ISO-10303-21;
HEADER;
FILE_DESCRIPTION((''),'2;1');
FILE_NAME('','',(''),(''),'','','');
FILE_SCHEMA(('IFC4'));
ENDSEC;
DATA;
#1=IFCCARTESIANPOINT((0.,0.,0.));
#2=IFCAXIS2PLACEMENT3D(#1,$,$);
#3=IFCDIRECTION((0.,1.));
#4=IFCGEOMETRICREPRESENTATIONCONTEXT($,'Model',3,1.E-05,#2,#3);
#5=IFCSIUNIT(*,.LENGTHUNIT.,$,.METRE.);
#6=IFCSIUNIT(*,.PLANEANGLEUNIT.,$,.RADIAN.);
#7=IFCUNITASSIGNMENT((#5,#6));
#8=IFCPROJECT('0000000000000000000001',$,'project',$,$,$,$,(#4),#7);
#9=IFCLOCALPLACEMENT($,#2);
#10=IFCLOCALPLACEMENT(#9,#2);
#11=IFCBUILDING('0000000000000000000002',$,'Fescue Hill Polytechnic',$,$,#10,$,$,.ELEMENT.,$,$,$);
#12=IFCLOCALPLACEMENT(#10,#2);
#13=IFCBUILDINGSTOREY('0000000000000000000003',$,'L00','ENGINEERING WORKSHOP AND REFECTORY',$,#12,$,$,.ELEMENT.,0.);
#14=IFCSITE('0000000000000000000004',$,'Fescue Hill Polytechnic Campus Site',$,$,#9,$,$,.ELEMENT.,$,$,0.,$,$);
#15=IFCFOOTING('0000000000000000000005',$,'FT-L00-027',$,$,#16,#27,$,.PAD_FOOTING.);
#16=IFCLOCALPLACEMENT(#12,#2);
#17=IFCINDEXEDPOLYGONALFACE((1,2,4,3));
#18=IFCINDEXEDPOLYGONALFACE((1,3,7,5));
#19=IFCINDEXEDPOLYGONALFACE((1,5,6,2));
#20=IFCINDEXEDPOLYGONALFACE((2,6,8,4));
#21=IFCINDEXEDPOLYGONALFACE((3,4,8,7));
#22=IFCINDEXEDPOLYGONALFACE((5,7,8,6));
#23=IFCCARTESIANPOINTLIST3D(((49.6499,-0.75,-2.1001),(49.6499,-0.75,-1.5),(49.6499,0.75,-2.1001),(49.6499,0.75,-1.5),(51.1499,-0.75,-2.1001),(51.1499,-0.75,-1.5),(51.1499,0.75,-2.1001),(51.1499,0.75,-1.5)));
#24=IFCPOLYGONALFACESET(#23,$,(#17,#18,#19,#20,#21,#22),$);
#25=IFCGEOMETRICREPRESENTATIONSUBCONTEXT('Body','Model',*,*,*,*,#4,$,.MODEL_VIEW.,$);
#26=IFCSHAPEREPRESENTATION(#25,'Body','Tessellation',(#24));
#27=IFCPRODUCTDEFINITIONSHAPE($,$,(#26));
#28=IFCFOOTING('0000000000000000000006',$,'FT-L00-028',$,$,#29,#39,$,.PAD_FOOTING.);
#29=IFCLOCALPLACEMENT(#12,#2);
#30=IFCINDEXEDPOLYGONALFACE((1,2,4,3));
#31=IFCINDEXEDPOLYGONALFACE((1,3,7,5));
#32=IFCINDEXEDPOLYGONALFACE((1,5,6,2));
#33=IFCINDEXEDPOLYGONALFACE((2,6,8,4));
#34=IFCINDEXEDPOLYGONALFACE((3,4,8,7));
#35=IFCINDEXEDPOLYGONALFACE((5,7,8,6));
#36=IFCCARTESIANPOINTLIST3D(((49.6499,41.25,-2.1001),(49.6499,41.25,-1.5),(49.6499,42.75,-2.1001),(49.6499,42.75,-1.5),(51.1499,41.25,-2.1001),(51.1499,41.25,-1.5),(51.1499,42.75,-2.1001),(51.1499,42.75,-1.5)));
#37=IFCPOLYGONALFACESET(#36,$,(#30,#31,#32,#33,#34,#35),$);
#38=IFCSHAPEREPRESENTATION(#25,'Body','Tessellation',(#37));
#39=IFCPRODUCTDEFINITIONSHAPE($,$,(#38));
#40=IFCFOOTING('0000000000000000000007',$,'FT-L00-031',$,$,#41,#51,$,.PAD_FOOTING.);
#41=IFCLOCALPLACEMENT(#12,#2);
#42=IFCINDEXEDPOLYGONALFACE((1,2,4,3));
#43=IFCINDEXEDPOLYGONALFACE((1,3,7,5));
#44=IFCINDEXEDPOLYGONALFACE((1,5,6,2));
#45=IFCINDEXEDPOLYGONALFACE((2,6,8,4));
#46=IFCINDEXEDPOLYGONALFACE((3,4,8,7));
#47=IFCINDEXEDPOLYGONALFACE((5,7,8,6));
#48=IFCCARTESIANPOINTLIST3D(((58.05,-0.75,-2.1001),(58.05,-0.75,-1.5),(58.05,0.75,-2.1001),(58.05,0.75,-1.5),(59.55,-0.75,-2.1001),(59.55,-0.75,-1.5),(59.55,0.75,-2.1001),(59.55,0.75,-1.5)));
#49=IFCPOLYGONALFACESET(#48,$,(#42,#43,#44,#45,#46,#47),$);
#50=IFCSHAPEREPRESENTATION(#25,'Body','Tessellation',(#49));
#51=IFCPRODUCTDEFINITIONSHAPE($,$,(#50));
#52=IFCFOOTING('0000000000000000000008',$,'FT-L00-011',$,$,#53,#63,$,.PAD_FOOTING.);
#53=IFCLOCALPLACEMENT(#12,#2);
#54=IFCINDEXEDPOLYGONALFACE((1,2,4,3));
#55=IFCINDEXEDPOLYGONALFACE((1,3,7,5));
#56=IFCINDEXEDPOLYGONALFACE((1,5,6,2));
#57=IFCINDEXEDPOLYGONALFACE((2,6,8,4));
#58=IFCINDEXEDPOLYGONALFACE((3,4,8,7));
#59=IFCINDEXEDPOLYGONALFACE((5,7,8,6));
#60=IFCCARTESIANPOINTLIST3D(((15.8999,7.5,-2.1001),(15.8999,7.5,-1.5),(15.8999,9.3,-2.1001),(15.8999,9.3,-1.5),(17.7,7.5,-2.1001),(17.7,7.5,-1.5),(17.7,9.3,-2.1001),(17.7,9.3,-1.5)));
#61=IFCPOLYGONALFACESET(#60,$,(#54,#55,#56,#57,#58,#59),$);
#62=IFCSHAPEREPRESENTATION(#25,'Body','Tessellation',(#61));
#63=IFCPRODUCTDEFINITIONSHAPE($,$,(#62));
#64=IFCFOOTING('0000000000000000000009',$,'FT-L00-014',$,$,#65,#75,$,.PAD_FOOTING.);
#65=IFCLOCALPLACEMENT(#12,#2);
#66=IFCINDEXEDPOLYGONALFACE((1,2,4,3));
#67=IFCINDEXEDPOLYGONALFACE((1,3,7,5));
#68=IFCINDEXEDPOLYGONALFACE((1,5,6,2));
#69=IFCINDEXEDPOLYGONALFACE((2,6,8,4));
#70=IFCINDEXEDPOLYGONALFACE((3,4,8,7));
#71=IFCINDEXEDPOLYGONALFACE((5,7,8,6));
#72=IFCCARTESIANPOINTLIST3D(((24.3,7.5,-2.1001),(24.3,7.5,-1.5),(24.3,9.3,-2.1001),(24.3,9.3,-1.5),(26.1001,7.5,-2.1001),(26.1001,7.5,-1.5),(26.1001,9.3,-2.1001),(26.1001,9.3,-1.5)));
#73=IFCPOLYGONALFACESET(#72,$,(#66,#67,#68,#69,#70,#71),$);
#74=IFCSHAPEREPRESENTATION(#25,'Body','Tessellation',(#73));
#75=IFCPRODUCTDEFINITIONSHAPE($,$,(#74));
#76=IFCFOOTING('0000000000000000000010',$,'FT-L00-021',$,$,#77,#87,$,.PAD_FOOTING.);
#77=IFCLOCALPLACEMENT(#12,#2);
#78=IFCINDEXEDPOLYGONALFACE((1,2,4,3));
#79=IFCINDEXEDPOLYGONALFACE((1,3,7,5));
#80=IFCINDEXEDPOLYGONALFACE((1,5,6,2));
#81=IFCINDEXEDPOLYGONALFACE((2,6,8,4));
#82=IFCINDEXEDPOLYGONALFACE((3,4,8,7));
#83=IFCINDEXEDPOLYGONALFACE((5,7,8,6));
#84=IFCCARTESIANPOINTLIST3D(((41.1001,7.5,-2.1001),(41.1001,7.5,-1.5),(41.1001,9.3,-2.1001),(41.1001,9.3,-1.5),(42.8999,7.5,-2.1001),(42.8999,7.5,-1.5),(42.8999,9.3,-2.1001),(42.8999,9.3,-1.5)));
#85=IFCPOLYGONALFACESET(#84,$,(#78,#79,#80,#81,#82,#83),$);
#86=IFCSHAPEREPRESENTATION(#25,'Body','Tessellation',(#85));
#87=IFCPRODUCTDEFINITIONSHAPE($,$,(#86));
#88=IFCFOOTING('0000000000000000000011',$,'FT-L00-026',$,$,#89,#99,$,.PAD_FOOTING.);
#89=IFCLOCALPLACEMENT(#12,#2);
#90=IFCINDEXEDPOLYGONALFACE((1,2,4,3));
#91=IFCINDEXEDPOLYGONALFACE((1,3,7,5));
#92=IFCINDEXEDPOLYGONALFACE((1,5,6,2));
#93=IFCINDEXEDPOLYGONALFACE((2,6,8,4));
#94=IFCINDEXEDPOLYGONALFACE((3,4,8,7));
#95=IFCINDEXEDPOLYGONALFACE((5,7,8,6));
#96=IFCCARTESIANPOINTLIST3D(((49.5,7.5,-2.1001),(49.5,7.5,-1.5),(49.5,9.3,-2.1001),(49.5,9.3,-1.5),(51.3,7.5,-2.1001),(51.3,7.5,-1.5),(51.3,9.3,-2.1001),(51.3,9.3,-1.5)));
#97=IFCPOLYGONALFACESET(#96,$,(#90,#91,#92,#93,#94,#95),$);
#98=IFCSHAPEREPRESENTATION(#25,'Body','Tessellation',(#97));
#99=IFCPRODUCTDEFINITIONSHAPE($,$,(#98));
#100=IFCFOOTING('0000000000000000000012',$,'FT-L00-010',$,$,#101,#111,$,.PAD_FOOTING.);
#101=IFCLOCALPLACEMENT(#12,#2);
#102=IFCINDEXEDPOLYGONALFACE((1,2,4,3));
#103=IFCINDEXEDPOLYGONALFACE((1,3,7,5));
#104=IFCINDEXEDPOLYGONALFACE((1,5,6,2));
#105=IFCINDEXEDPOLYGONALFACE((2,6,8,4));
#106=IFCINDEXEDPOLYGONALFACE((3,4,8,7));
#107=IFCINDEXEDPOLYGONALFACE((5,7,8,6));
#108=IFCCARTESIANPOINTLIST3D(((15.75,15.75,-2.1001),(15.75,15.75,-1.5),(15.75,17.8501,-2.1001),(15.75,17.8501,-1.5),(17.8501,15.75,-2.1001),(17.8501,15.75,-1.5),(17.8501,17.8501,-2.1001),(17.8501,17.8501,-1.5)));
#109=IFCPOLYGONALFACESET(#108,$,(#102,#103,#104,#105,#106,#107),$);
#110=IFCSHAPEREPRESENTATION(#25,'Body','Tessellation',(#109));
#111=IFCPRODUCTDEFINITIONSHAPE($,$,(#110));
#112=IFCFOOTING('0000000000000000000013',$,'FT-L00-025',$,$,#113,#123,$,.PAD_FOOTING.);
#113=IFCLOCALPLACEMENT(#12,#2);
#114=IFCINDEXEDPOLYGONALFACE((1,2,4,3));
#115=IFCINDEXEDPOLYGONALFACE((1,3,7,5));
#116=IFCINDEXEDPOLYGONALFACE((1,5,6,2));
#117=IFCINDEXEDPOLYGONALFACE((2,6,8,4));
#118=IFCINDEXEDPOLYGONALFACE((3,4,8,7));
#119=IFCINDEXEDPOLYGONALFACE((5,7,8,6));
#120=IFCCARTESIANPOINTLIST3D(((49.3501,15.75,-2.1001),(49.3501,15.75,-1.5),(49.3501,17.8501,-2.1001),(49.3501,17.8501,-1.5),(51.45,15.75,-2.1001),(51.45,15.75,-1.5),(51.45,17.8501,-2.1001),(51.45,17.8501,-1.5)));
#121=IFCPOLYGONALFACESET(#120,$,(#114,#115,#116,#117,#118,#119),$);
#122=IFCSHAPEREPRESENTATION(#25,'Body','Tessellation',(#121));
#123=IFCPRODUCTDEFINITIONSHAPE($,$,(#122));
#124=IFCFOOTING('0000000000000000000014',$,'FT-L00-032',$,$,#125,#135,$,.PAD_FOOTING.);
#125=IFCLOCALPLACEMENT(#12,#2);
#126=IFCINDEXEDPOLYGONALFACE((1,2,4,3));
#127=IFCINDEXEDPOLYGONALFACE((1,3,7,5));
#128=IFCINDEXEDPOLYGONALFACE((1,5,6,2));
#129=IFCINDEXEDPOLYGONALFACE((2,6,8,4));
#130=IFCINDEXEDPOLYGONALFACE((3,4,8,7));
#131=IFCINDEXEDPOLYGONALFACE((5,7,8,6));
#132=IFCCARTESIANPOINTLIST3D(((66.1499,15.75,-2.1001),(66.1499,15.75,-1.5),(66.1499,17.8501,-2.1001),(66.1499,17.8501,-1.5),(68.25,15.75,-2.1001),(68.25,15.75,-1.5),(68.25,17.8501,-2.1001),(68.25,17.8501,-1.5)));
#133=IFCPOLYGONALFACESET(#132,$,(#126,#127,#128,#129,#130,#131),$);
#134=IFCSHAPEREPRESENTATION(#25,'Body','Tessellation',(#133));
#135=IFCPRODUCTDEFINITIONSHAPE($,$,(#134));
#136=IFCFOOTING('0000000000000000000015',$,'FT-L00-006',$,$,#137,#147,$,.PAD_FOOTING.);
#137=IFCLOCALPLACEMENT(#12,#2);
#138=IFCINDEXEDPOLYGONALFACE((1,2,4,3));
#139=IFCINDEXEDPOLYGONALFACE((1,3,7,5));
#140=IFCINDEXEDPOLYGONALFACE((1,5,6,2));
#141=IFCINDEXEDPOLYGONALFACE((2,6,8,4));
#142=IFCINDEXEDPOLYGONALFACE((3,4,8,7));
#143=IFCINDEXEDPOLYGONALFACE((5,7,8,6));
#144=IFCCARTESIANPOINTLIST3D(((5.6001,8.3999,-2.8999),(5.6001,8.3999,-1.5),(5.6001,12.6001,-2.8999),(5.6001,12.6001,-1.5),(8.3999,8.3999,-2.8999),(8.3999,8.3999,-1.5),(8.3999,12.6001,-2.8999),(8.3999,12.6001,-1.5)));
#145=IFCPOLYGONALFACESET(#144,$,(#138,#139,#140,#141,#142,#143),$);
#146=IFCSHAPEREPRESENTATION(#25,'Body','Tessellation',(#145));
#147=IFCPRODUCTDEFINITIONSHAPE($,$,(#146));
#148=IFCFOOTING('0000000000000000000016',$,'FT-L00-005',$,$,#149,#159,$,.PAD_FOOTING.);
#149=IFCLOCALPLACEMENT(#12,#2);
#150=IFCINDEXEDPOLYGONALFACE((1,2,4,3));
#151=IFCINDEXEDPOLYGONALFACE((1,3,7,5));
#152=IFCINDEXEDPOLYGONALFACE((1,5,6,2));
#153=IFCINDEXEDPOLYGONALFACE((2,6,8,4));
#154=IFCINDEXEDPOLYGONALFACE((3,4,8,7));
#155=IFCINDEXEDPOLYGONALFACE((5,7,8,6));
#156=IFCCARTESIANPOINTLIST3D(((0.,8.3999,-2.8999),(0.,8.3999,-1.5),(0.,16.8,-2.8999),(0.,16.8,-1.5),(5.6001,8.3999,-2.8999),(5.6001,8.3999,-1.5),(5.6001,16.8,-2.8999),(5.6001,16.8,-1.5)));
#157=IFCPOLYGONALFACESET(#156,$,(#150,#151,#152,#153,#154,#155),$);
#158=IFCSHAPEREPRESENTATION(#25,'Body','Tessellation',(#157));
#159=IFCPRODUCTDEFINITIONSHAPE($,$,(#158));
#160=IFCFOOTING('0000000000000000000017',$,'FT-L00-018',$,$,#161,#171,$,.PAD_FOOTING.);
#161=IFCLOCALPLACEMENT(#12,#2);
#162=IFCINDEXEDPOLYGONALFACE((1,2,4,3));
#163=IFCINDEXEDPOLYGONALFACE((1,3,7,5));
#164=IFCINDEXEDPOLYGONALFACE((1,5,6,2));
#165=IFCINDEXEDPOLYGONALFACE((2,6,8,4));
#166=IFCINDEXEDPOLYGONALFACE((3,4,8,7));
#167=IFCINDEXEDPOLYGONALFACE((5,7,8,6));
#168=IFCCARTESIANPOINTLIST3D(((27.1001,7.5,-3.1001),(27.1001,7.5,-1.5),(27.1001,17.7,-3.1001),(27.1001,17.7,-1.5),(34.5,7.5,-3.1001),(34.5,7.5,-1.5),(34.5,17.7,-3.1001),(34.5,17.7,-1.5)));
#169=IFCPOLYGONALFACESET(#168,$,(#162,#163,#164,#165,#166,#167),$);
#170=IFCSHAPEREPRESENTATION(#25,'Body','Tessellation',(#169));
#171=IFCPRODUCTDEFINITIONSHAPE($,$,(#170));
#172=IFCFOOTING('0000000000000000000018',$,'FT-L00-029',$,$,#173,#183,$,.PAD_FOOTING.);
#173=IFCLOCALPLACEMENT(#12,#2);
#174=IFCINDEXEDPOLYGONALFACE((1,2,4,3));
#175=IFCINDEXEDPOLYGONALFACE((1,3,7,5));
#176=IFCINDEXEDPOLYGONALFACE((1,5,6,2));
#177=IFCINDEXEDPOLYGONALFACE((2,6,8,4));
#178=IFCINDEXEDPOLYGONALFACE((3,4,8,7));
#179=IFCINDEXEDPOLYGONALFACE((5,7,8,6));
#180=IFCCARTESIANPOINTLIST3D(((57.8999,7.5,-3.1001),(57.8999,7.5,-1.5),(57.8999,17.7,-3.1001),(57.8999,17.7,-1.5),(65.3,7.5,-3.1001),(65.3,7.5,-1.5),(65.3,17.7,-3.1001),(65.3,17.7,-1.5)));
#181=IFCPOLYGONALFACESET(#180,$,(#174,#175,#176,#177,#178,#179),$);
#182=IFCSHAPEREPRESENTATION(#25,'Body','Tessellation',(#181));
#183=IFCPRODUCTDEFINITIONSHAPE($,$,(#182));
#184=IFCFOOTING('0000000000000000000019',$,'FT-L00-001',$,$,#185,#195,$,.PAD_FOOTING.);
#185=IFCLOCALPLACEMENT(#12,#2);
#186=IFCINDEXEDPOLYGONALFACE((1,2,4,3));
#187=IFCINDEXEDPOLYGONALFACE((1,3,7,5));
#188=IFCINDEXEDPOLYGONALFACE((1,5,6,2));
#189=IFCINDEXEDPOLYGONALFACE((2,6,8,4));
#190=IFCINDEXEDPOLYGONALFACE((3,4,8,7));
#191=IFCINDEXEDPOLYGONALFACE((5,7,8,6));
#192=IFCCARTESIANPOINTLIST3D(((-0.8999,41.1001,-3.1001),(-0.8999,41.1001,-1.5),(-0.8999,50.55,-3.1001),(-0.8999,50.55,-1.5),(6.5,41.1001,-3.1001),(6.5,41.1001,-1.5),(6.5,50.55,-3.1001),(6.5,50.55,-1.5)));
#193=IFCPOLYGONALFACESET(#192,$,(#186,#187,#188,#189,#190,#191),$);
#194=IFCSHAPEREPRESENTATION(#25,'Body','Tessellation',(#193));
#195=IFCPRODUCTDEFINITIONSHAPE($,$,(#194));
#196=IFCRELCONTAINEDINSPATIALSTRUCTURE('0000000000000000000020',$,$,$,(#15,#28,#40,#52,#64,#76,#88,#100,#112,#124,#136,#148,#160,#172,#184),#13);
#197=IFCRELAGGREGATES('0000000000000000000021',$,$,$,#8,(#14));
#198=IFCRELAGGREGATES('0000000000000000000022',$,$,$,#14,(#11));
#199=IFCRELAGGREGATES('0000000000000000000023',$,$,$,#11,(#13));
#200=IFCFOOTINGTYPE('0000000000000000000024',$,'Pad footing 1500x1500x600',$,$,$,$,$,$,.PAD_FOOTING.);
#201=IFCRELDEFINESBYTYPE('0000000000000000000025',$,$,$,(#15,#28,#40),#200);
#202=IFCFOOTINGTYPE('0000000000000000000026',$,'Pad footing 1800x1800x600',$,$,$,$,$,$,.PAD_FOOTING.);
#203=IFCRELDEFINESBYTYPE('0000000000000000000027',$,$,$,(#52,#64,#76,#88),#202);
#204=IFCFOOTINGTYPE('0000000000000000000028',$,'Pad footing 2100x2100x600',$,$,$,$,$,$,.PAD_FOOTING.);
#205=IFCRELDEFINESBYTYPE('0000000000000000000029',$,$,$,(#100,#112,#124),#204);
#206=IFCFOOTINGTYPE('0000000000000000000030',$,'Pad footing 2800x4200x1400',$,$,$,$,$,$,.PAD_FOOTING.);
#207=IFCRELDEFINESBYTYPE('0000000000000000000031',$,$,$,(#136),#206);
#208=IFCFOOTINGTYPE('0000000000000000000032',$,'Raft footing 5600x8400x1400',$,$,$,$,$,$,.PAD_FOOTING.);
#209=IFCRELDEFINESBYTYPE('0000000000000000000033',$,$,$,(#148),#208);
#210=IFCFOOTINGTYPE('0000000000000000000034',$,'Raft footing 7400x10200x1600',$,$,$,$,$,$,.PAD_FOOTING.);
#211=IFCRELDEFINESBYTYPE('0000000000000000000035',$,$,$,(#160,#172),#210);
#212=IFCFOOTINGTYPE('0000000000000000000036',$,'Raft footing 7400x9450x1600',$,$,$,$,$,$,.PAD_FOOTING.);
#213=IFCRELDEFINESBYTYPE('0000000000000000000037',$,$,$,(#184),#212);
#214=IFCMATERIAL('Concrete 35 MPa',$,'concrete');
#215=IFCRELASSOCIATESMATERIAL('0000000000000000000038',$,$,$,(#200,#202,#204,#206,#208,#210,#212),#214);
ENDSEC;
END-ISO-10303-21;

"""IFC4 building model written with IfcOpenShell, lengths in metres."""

from ifc_helpers import new_model, si_unit, direction, frame, origin, place, context, subcontext, project, spatial, polyline, outline, extrude, material, type_object, element, save


model = new_model("IFC4")

# Units and contexts
model_context = context("Model", 3, precision=1e-05, world=origin(), true_north=direction((0.0, 1.0)))
body_context = subcontext(model_context, "Body", "Model", "MODEL_VIEW")
ifc_project = project(units=[si_unit("LENGTHUNIT", "METRE"), si_unit("PLANEANGLEUNIT", "RADIAN")], contexts=[model_context])

# Site, building, storey
site_placement = place(None, origin())
site = spatial("IfcSite", under=ifc_project, at=site_placement, Name="Fescue Hill Polytechnic Campus Site", CompositionType="ELEMENT", RefElevation=0.0)
building_placement = place(site_placement, origin())
building = spatial("IfcBuilding", under=site, at=building_placement, Name="Fescue Hill Polytechnic", CompositionType="ELEMENT")
storey_placement = place(building_placement, origin())
storey = spatial("IfcBuildingStorey", under=building, at=storey_placement, Name="L00", Description="ENGINEERING WORKSHOP AND REFECTORY", CompositionType="ELEMENT", Elevation=0.0)

# Footings
ifc_material = material(Name="Concrete 35 MPa", Category="concrete")
footing_type_1 = type_object("IfcFootingType", Name="Pad footing 1500x1500x600", PredefinedType="PAD_FOOTING", material=ifc_material)
footing_1_placement = place(storey_placement, frame((0.0, 0.0, -2.1001)))
element("IfcFooting", 1, at=footing_1_placement, inside=storey, type_object=footing_type_1, Name="FT-L00-027", PredefinedType="PAD_FOOTING", context=body_context, shape_type="SweptSolid", body=[
    extrude(outline(polyline([(51.1499, -0.75), (51.1499, 0.75), (49.6499, 0.75), (49.6499, -0.75), (51.1499, -0.75)])), origin(), (0.0, 0.0, 1.0), 0.6001),
])
footing_2_placement = place(storey_placement, frame((0.0, 0.0, -2.1001)))
element("IfcFooting", 2, at=footing_2_placement, inside=storey, type_object=footing_type_1, Name="FT-L00-028", PredefinedType="PAD_FOOTING", context=body_context, shape_type="SweptSolid", body=[
    extrude(outline(polyline([(51.1499, 41.25), (51.1499, 42.75), (49.6499, 42.75), (49.6499, 41.25), (51.1499, 41.25)])), origin(), (0.0, 0.0, 1.0), 0.6001),
])
footing_3_placement = place(storey_placement, frame((0.0, 0.0, -2.1001)))
element("IfcFooting", 3, at=footing_3_placement, inside=storey, type_object=footing_type_1, Name="FT-L00-031", PredefinedType="PAD_FOOTING", context=body_context, shape_type="SweptSolid", body=[
    extrude(outline(polyline([(59.55, -0.75), (59.55, 0.75), (58.05, 0.75), (58.05, -0.75), (59.55, -0.75)])), origin(), (0.0, 0.0, 1.0), 0.6001),
])
footing_type_2 = type_object("IfcFootingType", Name="Pad footing 1800x1800x600", PredefinedType="PAD_FOOTING", material=ifc_material)
footing_4_placement = place(storey_placement, frame((0.0, 0.0, -2.1001)))
element("IfcFooting", 4, at=footing_4_placement, inside=storey, type_object=footing_type_2, Name="FT-L00-011", PredefinedType="PAD_FOOTING", context=body_context, shape_type="SweptSolid", body=[
    extrude(outline(polyline([(17.7, 7.5), (17.7, 9.3), (15.8999, 9.3), (15.8999, 7.5), (17.7, 7.5)])), origin(), (0.0, 0.0, 1.0), 0.6001),
])
footing_5_placement = place(storey_placement, frame((0.0, 0.0, -2.1001)))
element("IfcFooting", 5, at=footing_5_placement, inside=storey, type_object=footing_type_2, Name="FT-L00-014", PredefinedType="PAD_FOOTING", context=body_context, shape_type="SweptSolid", body=[
    extrude(outline(polyline([(26.1001, 7.5), (26.1001, 9.3), (24.3, 9.3), (24.3, 7.5), (26.1001, 7.5)])), origin(), (0.0, 0.0, 1.0), 0.6001),
])
footing_6_placement = place(storey_placement, frame((0.0, 0.0, -2.1001)))
element("IfcFooting", 6, at=footing_6_placement, inside=storey, type_object=footing_type_2, Name="FT-L00-021", PredefinedType="PAD_FOOTING", context=body_context, shape_type="SweptSolid", body=[
    extrude(outline(polyline([(42.8999, 7.5), (42.8999, 9.3), (41.1001, 9.3), (41.1001, 7.5), (42.8999, 7.5)])), origin(), (0.0, 0.0, 1.0), 0.6001),
])
footing_7_placement = place(storey_placement, frame((0.0, 0.0, -2.1001)))
element("IfcFooting", 7, at=footing_7_placement, inside=storey, type_object=footing_type_2, Name="FT-L00-026", PredefinedType="PAD_FOOTING", context=body_context, shape_type="SweptSolid", body=[
    extrude(outline(polyline([(51.3, 7.5), (51.3, 9.3), (49.5, 9.3), (49.5, 7.5), (51.3, 7.5)])), origin(), (0.0, 0.0, 1.0), 0.6001),
])
footing_type_3 = type_object("IfcFootingType", Name="Pad footing 2100x2100x600", PredefinedType="PAD_FOOTING", material=ifc_material)
footing_8_placement = place(storey_placement, frame((0.0, 0.0, -2.1001)))
element("IfcFooting", 8, at=footing_8_placement, inside=storey, type_object=footing_type_3, Name="FT-L00-010", PredefinedType="PAD_FOOTING", context=body_context, shape_type="SweptSolid", body=[
    extrude(outline(polyline([(17.8501, 15.75), (17.8501, 17.8501), (15.75, 17.8501), (15.75, 15.75), (17.8501, 15.75)])), origin(), (0.0, 0.0, 1.0), 0.6001),
])
footing_9_placement = place(storey_placement, frame((0.0, 0.0, -2.1001)))
element("IfcFooting", 9, at=footing_9_placement, inside=storey, type_object=footing_type_3, Name="FT-L00-025", PredefinedType="PAD_FOOTING", context=body_context, shape_type="SweptSolid", body=[
    extrude(outline(polyline([(51.45, 15.75), (51.45, 17.8501), (49.3501, 17.8501), (49.3501, 15.75), (51.45, 15.75)])), origin(), (0.0, 0.0, 1.0), 0.6001),
])
footing_10_placement = place(storey_placement, frame((0.0, 0.0, -2.1001)))
element("IfcFooting", 10, at=footing_10_placement, inside=storey, type_object=footing_type_3, Name="FT-L00-032", PredefinedType="PAD_FOOTING", context=body_context, shape_type="SweptSolid", body=[
    extrude(outline(polyline([(68.25, 15.75), (68.25, 17.8501), (66.1499, 17.8501), (66.1499, 15.75), (68.25, 15.75)])), origin(), (0.0, 0.0, 1.0), 0.6001),
])
footing_type_4 = type_object("IfcFootingType", Name="Pad footing 2800x4200x1400", PredefinedType="PAD_FOOTING", material=ifc_material)
footing_11_placement = place(storey_placement, frame((0.0, 0.0, -2.8999)))
element("IfcFooting", 11, at=footing_11_placement, inside=storey, type_object=footing_type_4, Name="FT-L00-006", PredefinedType="PAD_FOOTING", context=body_context, shape_type="SweptSolid", body=[
    extrude(outline(polyline([(8.3999, 8.3999), (8.3999, 12.6001), (5.6001, 12.6001), (5.6001, 8.3999), (8.3999, 8.3999)])), origin(), (0.0, 0.0, 1.0), 1.3999),
])
footing_type_5 = type_object("IfcFootingType", Name="Raft footing 5600x8400x1400", PredefinedType="PAD_FOOTING", material=ifc_material)
footing_12_placement = place(storey_placement, frame((0.0, 0.0, -2.8999)))
element("IfcFooting", 12, at=footing_12_placement, inside=storey, type_object=footing_type_5, Name="FT-L00-005", PredefinedType="PAD_FOOTING", context=body_context, shape_type="SweptSolid", body=[
    extrude(outline(polyline([(5.6001, 8.3999), (5.6001, 16.8), (0.0, 16.8), (0.0, 8.3999), (5.6001, 8.3999)])), origin(), (0.0, 0.0, 1.0), 1.3999),
])
footing_type_6 = type_object("IfcFootingType", Name="Raft footing 7400x10200x1600", PredefinedType="PAD_FOOTING", material=ifc_material)
footing_13_placement = place(storey_placement, frame((0.0, 0.0, -3.1001)))
element("IfcFooting", 13, at=footing_13_placement, inside=storey, type_object=footing_type_6, Name="FT-L00-018", PredefinedType="PAD_FOOTING", context=body_context, shape_type="SweptSolid", body=[
    extrude(outline(polyline([(27.1001, 7.5), (27.1001, 17.7), (34.5, 17.7), (34.5, 7.5), (27.1001, 7.5)])), origin(), (0.0, 0.0, 1.0), 1.6001),
])
footing_14_placement = place(storey_placement, frame((0.0, 0.0, -3.1001)))
element("IfcFooting", 14, at=footing_14_placement, inside=storey, type_object=footing_type_6, Name="FT-L00-029", PredefinedType="PAD_FOOTING", context=body_context, shape_type="SweptSolid", body=[
    extrude(outline(polyline([(57.8999, 7.5), (57.8999, 17.7), (65.3, 17.7), (65.3, 7.5), (57.8999, 7.5)])), origin(), (0.0, 0.0, 1.0), 1.6001),
])
footing_type_7 = type_object("IfcFootingType", Name="Raft footing 7400x9450x1600", PredefinedType="PAD_FOOTING", material=ifc_material)
footing_15_placement = place(storey_placement, frame((0.0, 0.0, -3.1001)))
element("IfcFooting", 15, at=footing_15_placement, inside=storey, type_object=footing_type_7, Name="FT-L00-001", PredefinedType="PAD_FOOTING", context=body_context, shape_type="SweptSolid", body=[
    extrude(outline(polyline([(6.5, 41.1001), (-0.8999, 41.1001), (-0.8999, 50.55), (6.5, 50.55), (6.5, 41.1001)])), origin(), (0.0, 0.0, 1.0), 1.6001),
])

save(model, "model.ifc")
